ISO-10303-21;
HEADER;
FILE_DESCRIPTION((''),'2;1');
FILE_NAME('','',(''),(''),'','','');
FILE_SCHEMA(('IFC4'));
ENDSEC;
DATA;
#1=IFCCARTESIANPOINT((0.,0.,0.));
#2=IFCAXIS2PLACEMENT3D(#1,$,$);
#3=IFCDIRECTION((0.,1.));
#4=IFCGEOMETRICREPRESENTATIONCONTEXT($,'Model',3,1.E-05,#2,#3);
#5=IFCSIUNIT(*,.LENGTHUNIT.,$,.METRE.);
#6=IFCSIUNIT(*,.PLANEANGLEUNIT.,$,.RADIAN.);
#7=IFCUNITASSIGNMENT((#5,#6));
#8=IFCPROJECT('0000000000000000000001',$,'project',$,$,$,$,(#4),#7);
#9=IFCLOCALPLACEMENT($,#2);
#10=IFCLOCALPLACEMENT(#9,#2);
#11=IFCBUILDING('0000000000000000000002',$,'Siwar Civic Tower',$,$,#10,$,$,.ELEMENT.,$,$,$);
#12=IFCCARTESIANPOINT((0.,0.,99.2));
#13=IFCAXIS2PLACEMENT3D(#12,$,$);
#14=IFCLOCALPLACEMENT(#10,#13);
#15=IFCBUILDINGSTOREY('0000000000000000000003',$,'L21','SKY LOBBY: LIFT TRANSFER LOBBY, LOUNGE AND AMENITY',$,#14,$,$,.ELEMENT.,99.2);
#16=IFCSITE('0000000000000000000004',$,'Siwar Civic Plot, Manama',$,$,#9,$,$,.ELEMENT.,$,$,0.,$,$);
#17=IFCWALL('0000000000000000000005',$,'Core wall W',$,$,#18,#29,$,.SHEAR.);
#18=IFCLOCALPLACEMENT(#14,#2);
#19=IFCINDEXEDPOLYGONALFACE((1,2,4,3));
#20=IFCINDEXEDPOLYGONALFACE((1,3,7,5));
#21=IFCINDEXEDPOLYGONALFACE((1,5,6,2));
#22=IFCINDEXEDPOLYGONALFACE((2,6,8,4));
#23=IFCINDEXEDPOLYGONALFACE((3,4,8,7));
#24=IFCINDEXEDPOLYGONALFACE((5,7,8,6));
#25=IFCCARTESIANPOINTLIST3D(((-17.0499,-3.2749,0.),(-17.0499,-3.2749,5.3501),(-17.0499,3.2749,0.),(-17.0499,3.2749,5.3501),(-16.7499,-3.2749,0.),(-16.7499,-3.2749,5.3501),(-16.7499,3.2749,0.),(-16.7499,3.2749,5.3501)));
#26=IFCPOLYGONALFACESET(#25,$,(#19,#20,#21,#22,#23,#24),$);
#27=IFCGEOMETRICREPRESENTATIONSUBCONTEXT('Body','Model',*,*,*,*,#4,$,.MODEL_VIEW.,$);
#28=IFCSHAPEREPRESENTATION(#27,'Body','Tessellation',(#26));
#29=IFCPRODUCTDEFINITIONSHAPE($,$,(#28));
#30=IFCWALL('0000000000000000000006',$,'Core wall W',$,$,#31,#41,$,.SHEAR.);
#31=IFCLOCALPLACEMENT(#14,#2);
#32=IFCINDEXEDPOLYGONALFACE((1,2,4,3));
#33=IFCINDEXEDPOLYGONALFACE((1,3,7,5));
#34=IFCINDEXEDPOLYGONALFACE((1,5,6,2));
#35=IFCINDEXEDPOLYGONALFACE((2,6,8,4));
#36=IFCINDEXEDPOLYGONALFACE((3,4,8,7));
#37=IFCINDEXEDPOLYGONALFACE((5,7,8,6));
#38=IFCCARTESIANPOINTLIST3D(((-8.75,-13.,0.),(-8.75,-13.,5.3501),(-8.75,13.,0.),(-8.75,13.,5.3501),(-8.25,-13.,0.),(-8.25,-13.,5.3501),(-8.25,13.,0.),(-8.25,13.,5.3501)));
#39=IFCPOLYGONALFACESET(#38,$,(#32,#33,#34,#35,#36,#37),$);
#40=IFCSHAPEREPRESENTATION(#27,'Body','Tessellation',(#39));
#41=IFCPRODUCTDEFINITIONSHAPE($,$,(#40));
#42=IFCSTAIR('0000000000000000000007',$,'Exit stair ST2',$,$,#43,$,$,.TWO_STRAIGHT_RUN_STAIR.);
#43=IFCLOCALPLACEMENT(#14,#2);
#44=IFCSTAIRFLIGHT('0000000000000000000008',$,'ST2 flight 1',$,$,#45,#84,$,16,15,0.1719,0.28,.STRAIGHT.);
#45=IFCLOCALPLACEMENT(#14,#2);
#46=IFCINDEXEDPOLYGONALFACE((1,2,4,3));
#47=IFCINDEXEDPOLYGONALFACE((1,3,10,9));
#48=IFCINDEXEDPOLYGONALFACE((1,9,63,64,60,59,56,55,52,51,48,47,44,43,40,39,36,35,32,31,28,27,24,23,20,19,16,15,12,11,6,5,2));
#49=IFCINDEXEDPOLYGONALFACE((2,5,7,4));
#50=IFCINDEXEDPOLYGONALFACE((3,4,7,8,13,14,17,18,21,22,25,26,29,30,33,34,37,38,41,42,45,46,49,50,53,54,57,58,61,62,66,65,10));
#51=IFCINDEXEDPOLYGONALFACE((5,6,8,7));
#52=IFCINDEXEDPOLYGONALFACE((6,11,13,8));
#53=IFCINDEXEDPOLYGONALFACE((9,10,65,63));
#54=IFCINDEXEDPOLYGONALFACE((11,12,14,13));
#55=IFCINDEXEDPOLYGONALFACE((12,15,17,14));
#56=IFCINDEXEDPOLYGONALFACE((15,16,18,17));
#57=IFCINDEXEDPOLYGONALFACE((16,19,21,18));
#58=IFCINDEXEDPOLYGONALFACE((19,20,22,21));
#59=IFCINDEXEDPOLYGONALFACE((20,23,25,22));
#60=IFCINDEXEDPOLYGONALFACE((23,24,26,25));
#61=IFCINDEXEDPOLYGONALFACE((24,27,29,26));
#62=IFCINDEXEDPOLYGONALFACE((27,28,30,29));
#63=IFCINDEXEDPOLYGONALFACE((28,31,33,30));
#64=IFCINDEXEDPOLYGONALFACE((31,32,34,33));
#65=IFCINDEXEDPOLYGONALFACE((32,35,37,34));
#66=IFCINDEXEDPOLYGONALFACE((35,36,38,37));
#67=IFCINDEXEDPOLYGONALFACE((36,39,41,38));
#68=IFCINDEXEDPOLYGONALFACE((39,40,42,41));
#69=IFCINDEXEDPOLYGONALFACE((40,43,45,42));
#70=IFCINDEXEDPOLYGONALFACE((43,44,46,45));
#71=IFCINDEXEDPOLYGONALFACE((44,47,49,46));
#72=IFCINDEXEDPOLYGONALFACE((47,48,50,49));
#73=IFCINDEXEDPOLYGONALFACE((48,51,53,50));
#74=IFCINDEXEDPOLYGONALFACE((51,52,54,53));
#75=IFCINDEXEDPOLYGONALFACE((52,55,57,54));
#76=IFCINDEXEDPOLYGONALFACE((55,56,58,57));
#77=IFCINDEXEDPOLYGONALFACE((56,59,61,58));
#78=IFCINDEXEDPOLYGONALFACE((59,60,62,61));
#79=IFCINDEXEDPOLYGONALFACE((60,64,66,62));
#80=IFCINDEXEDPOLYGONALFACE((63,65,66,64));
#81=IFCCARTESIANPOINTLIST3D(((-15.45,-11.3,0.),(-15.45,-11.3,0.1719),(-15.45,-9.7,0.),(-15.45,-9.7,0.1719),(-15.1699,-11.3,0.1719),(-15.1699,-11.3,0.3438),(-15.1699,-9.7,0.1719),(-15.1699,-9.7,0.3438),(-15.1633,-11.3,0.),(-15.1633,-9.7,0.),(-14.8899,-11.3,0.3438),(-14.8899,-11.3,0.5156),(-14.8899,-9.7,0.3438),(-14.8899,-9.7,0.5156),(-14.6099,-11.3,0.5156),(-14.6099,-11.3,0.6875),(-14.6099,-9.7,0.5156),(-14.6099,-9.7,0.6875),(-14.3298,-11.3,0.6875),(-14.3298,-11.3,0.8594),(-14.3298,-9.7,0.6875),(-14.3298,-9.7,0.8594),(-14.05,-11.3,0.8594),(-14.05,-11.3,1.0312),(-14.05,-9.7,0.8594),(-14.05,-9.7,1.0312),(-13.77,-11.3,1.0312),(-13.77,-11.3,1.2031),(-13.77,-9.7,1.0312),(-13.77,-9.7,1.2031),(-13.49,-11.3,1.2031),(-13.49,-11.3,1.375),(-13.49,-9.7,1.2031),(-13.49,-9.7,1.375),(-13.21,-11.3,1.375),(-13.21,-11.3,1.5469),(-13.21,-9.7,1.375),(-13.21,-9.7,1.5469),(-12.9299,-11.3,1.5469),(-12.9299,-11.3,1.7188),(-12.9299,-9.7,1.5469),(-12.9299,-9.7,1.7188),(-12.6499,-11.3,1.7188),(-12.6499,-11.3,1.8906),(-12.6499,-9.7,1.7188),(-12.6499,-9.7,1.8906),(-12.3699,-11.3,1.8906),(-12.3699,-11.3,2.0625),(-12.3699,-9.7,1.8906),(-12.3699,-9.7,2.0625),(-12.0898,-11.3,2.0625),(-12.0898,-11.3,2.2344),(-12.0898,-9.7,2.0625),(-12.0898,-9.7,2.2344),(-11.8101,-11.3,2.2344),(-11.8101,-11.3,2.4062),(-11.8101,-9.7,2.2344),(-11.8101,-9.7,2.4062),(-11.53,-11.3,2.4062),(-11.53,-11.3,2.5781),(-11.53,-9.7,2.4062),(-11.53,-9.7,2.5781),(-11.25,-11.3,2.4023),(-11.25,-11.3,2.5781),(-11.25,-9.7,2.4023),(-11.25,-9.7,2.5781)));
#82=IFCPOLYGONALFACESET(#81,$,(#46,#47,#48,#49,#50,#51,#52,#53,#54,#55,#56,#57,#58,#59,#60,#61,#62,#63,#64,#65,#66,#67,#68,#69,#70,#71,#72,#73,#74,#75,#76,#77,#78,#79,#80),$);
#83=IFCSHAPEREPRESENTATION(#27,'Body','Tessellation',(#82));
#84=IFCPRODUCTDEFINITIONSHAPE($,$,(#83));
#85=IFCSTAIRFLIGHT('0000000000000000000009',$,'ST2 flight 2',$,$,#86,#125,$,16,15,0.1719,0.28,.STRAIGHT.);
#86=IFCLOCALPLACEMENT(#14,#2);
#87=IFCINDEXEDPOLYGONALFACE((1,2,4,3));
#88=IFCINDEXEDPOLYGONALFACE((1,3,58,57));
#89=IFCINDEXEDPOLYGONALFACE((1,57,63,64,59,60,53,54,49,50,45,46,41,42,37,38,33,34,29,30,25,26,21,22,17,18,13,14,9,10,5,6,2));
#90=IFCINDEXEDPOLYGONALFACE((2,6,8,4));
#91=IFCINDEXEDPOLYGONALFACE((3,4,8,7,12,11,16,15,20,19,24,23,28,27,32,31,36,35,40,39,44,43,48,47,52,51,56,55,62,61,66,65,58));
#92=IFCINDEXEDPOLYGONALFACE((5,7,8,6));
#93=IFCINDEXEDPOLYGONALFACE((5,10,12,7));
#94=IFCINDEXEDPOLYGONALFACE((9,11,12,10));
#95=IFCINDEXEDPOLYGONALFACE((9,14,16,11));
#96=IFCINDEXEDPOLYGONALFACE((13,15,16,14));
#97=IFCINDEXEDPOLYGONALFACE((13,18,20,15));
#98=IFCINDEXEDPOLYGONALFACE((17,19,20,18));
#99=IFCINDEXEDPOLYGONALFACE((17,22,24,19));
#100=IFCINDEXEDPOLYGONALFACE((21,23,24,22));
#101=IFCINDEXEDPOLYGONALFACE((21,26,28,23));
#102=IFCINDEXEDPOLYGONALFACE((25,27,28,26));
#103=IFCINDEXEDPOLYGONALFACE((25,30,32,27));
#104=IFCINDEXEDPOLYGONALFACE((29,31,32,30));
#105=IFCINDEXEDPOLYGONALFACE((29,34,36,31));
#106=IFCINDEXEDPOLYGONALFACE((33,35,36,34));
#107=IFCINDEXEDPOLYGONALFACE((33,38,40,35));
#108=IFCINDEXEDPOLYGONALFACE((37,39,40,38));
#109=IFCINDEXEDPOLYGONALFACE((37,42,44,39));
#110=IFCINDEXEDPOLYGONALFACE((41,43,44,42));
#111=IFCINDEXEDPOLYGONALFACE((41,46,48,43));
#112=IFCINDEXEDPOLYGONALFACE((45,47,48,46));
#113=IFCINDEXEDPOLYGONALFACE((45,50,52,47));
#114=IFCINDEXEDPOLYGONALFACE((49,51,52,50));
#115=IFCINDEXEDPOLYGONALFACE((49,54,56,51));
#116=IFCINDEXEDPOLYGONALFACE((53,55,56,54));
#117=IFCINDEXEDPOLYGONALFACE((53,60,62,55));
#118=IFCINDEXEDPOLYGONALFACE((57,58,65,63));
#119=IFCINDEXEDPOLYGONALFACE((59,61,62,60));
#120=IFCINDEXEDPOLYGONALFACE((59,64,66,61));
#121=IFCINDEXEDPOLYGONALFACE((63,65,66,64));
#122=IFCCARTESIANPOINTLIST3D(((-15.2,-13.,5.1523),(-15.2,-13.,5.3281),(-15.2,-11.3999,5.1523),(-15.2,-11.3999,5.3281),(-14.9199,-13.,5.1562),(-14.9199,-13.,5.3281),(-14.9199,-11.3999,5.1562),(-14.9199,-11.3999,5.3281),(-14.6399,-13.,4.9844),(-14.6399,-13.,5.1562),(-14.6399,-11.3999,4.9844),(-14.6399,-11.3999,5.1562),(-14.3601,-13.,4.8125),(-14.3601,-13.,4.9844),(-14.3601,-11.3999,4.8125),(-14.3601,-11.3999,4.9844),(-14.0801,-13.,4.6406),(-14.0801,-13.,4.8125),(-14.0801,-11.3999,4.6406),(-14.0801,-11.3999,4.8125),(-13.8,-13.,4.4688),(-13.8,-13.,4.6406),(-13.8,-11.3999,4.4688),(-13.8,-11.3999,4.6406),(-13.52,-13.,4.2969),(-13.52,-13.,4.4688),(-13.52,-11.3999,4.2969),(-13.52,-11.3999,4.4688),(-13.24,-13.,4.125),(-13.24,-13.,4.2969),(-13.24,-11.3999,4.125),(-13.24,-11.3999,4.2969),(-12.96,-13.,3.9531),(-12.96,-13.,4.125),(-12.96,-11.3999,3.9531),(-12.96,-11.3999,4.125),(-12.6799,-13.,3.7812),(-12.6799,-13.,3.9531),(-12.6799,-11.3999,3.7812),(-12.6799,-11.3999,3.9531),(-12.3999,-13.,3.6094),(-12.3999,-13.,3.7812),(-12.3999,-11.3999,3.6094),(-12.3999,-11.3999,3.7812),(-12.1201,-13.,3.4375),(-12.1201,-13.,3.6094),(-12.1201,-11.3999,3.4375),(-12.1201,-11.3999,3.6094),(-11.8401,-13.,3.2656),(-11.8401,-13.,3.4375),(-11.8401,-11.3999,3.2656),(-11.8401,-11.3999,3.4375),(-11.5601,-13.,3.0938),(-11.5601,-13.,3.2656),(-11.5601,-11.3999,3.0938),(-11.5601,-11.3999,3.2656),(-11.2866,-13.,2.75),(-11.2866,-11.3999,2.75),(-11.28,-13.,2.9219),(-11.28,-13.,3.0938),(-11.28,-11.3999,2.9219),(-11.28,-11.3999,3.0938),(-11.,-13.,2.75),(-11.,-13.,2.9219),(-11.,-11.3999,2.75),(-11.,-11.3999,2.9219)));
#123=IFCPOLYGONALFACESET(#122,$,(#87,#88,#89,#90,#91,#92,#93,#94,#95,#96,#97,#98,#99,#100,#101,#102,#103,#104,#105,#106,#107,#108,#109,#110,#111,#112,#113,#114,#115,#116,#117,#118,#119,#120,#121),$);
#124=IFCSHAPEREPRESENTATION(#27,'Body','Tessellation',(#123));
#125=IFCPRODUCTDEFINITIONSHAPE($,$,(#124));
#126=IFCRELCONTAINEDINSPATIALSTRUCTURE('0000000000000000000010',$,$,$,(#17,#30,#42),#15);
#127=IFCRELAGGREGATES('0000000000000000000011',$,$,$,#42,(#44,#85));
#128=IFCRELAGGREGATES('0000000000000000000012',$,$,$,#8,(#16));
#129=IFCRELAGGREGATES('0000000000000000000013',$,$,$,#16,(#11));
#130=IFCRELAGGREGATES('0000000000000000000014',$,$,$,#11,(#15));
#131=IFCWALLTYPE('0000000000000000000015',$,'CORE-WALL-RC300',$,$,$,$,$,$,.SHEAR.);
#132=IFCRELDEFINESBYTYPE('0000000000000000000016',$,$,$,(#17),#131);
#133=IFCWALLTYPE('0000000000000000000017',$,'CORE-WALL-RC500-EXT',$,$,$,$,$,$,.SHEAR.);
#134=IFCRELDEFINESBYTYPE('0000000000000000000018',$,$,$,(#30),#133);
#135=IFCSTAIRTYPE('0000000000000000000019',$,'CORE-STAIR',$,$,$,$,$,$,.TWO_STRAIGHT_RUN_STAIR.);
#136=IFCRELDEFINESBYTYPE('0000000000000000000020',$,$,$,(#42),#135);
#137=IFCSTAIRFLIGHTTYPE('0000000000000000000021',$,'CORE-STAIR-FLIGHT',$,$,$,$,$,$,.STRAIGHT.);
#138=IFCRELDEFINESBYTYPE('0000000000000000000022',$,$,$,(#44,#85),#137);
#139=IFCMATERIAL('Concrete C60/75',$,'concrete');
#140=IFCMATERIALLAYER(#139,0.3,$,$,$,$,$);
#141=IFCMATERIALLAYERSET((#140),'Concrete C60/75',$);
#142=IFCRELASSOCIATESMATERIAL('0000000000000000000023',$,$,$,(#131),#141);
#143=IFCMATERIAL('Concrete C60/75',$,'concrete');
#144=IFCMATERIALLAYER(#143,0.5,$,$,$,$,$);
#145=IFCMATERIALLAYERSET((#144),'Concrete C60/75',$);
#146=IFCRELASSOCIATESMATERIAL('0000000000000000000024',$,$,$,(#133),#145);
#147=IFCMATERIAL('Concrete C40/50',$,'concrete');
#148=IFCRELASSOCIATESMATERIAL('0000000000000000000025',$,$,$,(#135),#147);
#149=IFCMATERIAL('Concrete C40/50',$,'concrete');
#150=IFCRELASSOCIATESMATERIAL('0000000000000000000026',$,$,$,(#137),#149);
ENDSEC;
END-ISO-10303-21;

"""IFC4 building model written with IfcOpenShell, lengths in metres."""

from ifc_helpers import new_model, si_unit, direction, frame, frame_2d, origin, place, context, subcontext, project, spatial, polyline, rectangle, outline, extrude, material, layer, layer_set, type_object, element, aggregate, save


model = new_model("IFC4")

# Units and contexts
model_context = context("Model", 3, precision=1e-05, world=origin(), true_north=direction((0.0, 1.0)))
body_context = subcontext(model_context, "Body", "Model", "MODEL_VIEW")
ifc_project = project(units=[si_unit("LENGTHUNIT", "METRE"), si_unit("PLANEANGLEUNIT", "RADIAN")], contexts=[model_context])

# Site, building, storey
site_placement = place(None, origin())
site = spatial("IfcSite", under=ifc_project, at=site_placement, Name="Siwar Civic Plot, Manama", CompositionType="ELEMENT", RefElevation=0.0)
building_placement = place(site_placement, origin())
building = spatial("IfcBuilding", under=site, at=building_placement, Name="Siwar Civic Tower", CompositionType="ELEMENT")
storey_placement = place(building_placement, frame((0.0, 0.0, 99.2)))
storey = spatial("IfcBuildingStorey", under=building, at=storey_placement, Name="L21", Description="SKY LOBBY: LIFT TRANSFER LOBBY, LOUNGE AND AMENITY", CompositionType="ELEMENT", Elevation=99.2)

# Shared definitions
ifc_material_1 = material(Name="Concrete C60/75", Category="concrete")
ifc_layer_1 = layer(ifc_material_1, 0.3)
ifc_layer_set_1 = layer_set([ifc_layer_1], Name="Concrete C60/75")
wall_type_1 = type_object("IfcWallType", Name="CORE-WALL-RC300", PredefinedType="SHEAR", material=ifc_layer_set_1)

# Walls
wall_1_placement = place(storey_placement, frame((-16.8999, -3.2749, 0.0), z_axis=(0.0, 0.0, 1.0), x_axis=(0.0, 1.0, 0.0)))
element("IfcWall", 1, at=wall_1_placement, inside=storey, type_object=wall_type_1, Name="Core wall W", PredefinedType="SHEAR", context=body_context, shape_type="SweptSolid", body=[
    extrude(rectangle(XDim=6.5498, YDim=0.3, at=frame_2d((3.2749, 0.0))), origin(), (0.0, 0.0, 1.0), 5.3501),
])
ifc_material_2 = material(Name="Concrete C60/75", Category="concrete")
ifc_layer_2 = layer(ifc_material_2, 0.5)
ifc_layer_set_2 = layer_set([ifc_layer_2], Name="Concrete C60/75")
wall_type_2 = type_object("IfcWallType", Name="CORE-WALL-RC500-EXT", PredefinedType="SHEAR", material=ifc_layer_set_2)
wall_2_placement = place(storey_placement, frame((-8.5, -13.0, 0.0), z_axis=(0.0, 0.0, 1.0), x_axis=(0.0, 1.0, 0.0)))
element("IfcWall", 2, at=wall_2_placement, inside=storey, type_object=wall_type_2, Name="Core wall W", PredefinedType="SHEAR", context=body_context, shape_type="SweptSolid", body=[
    extrude(rectangle(XDim=26.0, YDim=0.5, at=frame_2d((13.0, 0.0))), origin(), (0.0, 0.0, 1.0), 5.3501),
])

# Stair, stair flights
ifc_material_3 = material(Name="Concrete C40/50", Category="concrete")
stair_type = type_object("IfcStairType", Name="CORE-STAIR", PredefinedType="TWO_STRAIGHT_RUN_STAIR", material=ifc_material_3)
stair_placement = place(storey_placement, origin())
stair = element("IfcStair", 3, at=stair_placement, inside=storey, type_object=stair_type, Name="Exit stair ST2", PredefinedType="TWO_STRAIGHT_RUN_STAIR")
ifc_material_4 = material(Name="Concrete C40/50", Category="concrete")
stair_flight_type = type_object("IfcStairFlightType", Name="CORE-STAIR-FLIGHT", PredefinedType="STRAIGHT", material=ifc_material_4)
stair_flight_1_placement = place(storey_placement, frame((-15.45, -10.5, 0.0), z_axis=(0.0, 0.0, 1.0), x_axis=(1.0, 0.0, 0.0)))
stair_flight_1 = element("IfcStairFlight", 4, at=stair_flight_1_placement, type_object=stair_flight_type, Name="ST2 flight 1", NumberOfRisers=16, NumberOfTreads=15, PredefinedType="STRAIGHT", RiserHeight=0.1719, TreadLength=0.28, context=body_context, shape_type="SweptSolid", body=[
    extrude(outline(polyline([(0.0, 0.0), (0.0, 0.1719), (0.28, 0.1719), (0.28, 0.3438), (0.5601, 0.3438), (0.5601, 0.5156), (0.8401, 0.5156), (0.8401, 0.6875), (1.1201, 0.6875), (1.1201, 0.8594), (1.3999, 0.8594), (1.3999, 1.0312), (1.6799, 1.0312), (1.6799, 1.2031), (1.96, 1.2031), (1.96, 1.375), (2.24, 1.375), (2.24, 1.5469), (2.52, 1.5469), (2.52, 1.7188), (2.8, 1.7188), (2.8, 1.8906), (3.0801, 1.8906), (3.0801, 2.0625), (3.3601, 2.0625), (3.3601, 2.2344), (3.6399, 2.2344), (3.6399, 2.4062), (3.9199, 2.4062), (3.9199, 2.5781), (4.2, 2.5781), (4.2, 2.75), (4.2, 2.4023), (0.2866, 0.0), (0.0, 0.0)])), frame((0.0, 0.8, 0.0), z_axis=(0.0, -1.0, 0.0), x_axis=(1.0, 0.0, 0.0)), (0.0, 0.0, 1.0), 1.6001),
])
stair_flight_2_placement = place(storey_placement, frame((-11.0, -12.2, 2.75), z_axis=(0.0, 0.0, 1.0), x_axis=(-1.0, 0.0, 0.0)))
stair_flight_2 = element("IfcStairFlight", 5, at=stair_flight_2_placement, type_object=stair_flight_type, Name="ST2 flight 2", NumberOfRisers=16, NumberOfTreads=15, PredefinedType="STRAIGHT", RiserHeight=0.1719, TreadLength=0.28, context=body_context, shape_type="SweptSolid", body=[
    extrude(outline(polyline([(0.0, 0.0), (0.0, 0.1719), (0.28, 0.1719), (0.28, 0.3438), (0.5601, 0.3438), (0.5601, 0.5156), (0.8401, 0.5156), (0.8401, 0.6875), (1.1201, 0.6875), (1.1201, 0.8594), (1.3999, 0.8594), (1.3999, 1.0312), (1.6799, 1.0312), (1.6799, 1.2031), (1.96, 1.2031), (1.96, 1.375), (2.24, 1.375), (2.24, 1.5469), (2.52, 1.5469), (2.52, 1.7188), (2.8, 1.7188), (2.8, 1.8906), (3.0801, 1.8906), (3.0801, 2.0625), (3.3601, 2.0625), (3.3601, 2.2344), (3.6399, 2.2344), (3.6399, 2.4062), (3.9199, 2.4062), (3.9199, 2.5781), (4.2, 2.5781), (4.2, 2.75), (4.2, 2.4023), (0.2866, 0.0), (0.0, 0.0)])), frame((0.0, 0.8, 0.0), z_axis=(0.0, -1.0, 0.0), x_axis=(1.0, 0.0, 0.0)), (0.0, 0.0, 1.0), 1.6001),
])
aggregate(stair, [stair_flight_1, stair_flight_2])

save(model, "model.ifc")
